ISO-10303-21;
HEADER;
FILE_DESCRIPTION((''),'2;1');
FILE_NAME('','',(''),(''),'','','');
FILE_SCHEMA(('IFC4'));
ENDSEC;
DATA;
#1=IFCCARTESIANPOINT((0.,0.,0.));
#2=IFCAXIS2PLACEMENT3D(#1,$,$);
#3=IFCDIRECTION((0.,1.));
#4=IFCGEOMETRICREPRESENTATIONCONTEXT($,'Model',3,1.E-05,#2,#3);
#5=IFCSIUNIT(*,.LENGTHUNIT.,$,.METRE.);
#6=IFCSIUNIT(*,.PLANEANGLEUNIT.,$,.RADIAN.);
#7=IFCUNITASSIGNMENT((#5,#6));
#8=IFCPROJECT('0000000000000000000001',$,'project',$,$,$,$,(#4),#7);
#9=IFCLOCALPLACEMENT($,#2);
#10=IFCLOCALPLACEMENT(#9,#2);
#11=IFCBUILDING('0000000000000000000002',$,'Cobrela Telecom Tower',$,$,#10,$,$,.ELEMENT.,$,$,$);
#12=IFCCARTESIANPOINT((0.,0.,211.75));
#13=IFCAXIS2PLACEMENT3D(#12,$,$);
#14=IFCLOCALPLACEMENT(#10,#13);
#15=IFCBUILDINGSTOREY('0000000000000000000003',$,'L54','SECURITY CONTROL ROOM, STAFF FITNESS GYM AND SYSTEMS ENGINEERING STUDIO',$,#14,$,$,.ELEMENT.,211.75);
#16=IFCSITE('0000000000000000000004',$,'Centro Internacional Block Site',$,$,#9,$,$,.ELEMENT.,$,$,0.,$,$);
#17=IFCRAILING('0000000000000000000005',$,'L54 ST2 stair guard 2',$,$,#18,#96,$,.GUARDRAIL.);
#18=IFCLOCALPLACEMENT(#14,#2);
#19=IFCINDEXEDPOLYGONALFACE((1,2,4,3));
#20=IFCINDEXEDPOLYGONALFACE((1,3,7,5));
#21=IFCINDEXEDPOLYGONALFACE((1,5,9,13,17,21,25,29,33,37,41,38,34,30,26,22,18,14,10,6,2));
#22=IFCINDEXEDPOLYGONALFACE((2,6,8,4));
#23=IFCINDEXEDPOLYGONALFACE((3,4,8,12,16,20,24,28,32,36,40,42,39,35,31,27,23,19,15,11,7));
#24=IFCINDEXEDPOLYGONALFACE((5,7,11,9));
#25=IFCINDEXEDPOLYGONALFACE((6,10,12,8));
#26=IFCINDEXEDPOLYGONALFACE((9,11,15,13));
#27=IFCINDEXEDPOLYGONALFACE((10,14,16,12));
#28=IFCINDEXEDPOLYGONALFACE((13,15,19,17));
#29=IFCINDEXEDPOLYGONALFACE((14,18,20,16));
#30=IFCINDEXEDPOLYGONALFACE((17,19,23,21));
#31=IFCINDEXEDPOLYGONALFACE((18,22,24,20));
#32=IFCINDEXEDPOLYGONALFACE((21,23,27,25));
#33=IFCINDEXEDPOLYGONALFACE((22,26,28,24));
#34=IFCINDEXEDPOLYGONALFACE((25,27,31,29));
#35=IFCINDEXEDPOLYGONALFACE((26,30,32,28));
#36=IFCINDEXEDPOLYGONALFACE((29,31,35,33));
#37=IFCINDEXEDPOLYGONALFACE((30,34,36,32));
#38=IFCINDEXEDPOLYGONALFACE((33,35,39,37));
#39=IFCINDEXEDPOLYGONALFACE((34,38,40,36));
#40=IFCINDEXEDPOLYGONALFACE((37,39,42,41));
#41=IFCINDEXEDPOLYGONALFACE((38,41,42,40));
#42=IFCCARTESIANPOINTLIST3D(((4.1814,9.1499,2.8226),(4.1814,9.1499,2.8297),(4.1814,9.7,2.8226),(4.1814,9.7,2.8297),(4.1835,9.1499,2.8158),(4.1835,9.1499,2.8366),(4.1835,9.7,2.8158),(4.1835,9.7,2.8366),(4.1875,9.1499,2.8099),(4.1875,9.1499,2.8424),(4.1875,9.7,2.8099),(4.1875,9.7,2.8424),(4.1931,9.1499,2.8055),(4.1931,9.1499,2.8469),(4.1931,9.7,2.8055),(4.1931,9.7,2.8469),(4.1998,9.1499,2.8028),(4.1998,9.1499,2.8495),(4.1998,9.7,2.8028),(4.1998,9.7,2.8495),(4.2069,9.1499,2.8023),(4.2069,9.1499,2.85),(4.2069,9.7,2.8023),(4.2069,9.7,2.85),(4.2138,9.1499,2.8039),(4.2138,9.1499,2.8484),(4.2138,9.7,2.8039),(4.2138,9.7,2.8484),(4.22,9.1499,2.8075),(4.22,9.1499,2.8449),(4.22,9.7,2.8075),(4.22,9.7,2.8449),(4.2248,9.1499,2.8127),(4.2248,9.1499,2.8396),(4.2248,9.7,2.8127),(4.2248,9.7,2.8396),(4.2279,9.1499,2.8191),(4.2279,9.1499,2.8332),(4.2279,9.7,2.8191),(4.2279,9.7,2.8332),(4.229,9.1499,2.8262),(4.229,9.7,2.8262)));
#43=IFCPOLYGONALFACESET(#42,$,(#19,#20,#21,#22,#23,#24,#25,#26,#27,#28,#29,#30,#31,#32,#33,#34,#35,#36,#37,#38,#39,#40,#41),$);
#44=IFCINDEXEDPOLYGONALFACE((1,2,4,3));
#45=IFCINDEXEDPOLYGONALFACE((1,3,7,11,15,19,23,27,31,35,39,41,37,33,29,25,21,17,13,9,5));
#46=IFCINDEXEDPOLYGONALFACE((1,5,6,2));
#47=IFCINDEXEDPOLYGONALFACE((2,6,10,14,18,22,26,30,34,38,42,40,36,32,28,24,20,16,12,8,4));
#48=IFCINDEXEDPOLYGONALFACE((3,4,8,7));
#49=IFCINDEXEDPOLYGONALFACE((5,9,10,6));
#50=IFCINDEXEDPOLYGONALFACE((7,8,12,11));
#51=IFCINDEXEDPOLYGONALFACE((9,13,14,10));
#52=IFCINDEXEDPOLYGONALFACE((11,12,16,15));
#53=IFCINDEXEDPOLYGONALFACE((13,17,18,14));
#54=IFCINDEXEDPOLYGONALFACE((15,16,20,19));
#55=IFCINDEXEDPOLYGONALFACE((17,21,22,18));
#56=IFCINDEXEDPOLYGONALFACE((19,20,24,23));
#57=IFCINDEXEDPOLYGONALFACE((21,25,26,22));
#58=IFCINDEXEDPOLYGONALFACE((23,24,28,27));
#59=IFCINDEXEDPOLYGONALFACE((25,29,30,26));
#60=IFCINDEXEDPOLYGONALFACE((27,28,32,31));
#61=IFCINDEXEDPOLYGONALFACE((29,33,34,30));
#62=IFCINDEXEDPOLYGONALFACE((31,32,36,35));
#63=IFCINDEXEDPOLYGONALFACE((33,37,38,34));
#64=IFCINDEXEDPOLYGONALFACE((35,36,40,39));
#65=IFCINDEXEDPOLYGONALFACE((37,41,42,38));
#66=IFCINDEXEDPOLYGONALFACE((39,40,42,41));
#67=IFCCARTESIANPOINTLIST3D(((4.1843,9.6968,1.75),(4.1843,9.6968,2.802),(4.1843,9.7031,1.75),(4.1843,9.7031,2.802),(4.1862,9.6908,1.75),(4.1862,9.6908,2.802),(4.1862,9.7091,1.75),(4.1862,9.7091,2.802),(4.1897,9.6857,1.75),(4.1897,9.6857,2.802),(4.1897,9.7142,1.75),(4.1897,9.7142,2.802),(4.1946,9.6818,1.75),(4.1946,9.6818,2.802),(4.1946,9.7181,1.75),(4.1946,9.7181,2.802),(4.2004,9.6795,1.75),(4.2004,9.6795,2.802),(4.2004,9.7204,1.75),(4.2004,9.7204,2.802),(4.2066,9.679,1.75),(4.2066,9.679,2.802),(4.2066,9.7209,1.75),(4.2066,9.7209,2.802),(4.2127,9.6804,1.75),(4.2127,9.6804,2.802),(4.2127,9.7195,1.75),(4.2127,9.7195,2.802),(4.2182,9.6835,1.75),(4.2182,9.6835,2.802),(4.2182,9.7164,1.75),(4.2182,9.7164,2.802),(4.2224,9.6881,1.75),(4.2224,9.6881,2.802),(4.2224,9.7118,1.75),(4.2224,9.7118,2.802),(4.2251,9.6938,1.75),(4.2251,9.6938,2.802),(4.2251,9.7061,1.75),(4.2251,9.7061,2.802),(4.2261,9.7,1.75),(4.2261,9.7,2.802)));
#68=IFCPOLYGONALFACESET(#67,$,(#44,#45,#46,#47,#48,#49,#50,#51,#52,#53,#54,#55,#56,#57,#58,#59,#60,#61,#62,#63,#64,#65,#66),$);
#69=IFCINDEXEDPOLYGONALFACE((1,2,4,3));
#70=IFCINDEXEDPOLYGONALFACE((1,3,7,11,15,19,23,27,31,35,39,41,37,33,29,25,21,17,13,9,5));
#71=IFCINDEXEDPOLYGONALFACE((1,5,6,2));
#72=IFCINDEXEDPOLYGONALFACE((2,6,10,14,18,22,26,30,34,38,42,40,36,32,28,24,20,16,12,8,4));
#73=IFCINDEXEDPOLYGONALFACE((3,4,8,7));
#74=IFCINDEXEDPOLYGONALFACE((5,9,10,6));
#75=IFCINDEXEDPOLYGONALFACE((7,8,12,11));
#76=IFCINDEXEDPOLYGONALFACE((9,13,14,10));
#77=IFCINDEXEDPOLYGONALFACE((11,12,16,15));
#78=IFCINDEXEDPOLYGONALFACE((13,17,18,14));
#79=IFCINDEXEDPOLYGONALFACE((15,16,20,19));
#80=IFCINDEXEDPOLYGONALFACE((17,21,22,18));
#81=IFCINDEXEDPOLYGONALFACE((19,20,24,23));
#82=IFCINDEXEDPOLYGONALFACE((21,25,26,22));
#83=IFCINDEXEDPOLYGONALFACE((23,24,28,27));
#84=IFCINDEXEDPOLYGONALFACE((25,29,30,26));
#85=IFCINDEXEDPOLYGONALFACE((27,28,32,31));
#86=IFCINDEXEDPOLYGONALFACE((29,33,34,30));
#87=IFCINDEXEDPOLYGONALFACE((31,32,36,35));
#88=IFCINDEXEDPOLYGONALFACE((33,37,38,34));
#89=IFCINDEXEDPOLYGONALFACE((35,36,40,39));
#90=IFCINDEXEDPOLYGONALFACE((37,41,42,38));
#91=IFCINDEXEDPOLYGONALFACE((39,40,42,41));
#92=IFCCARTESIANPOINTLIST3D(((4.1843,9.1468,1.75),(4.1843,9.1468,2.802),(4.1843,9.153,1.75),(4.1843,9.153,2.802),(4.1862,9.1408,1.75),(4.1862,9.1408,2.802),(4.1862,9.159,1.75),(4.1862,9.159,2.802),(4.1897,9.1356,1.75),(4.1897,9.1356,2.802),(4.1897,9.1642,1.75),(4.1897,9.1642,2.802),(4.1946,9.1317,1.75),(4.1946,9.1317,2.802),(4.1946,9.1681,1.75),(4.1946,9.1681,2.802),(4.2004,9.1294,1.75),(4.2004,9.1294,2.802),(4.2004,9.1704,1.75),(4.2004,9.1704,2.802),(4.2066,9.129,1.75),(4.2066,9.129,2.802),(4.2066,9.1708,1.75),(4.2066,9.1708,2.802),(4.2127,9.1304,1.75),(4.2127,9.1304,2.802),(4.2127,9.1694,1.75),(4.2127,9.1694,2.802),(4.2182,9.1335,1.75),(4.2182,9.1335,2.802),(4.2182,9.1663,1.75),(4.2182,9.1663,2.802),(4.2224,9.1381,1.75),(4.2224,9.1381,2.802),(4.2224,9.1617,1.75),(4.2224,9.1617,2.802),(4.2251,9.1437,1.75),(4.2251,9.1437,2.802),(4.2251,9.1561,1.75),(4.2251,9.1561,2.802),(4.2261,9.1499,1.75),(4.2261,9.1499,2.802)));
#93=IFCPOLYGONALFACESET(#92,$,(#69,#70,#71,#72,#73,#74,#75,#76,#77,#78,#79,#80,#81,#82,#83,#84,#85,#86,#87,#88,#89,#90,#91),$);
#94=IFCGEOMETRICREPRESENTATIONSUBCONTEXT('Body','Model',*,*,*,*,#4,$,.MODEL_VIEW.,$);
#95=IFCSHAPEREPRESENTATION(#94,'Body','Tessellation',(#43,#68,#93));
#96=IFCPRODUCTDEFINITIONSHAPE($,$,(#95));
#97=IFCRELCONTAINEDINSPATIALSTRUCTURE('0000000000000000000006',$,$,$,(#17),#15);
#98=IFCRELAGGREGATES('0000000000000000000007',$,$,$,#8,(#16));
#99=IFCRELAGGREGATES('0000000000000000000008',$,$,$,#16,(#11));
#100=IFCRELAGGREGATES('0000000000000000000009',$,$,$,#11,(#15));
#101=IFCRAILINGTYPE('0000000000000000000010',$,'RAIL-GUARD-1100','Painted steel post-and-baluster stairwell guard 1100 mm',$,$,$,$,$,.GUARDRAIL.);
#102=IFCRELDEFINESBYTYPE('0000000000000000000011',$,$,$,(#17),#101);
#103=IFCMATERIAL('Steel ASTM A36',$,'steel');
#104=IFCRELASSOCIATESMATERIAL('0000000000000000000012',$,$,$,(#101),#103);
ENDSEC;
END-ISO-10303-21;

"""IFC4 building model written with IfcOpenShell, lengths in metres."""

from ifc_helpers import new_model, si_unit, direction, frame, origin, origin_2d, place, context, subcontext, project, spatial, circle, extrude, material, type_object, element, save


model = new_model("IFC4")

# Units and contexts
model_context = context("Model", 3, precision=1e-05, world=origin(), true_north=direction((0.0, 1.0)))
body_context = subcontext(model_context, "Body", "Model", "MODEL_VIEW")
ifc_project = project(units=[si_unit("LENGTHUNIT", "METRE"), si_unit("PLANEANGLEUNIT", "RADIAN")], contexts=[model_context])

# Site, building, storey
site_placement = place(None, origin())
site = spatial("IfcSite", under=ifc_project, at=site_placement, Name="Centro Internacional Block Site", CompositionType="ELEMENT", RefElevation=0.0)
building_placement = place(site_placement, origin())
building = spatial("IfcBuilding", under=site, at=building_placement, Name="Cobrela Telecom Tower", CompositionType="ELEMENT")
storey_placement = place(building_placement, frame((0.0, 0.0, 211.75)))
storey = spatial("IfcBuildingStorey", under=building, at=storey_placement, Name="L54", Description="SECURITY CONTROL ROOM, STAFF FITNESS GYM AND SYSTEMS ENGINEERING STUDIO", CompositionType="ELEMENT", Elevation=211.75)

# Shared definitions
ifc_material_1 = material(Name="Steel ASTM A36", Category="steel")

# Railing
railing_type = type_object("IfcRailingType", Name="RAIL-GUARD-1100", Description="Painted steel post-and-baluster stairwell guard 1100 mm", PredefinedType="GUARDRAIL", material=ifc_material_1)
railing_1_placement = place(storey_placement, frame((4.2051, 9.7, 1.75)))
element("IfcRailing", 1, at=railing_1_placement, inside=storey, type_object=railing_type, Name="L54 ST2 stair guard 2", PredefinedType="GUARDRAIL", context=body_context, shape_type="SweptSolid", body=[
    extrude(circle(Radius=0.0239, at=origin_2d()), frame((0.0, 0.0, 1.0762), z_axis=(0.0, -1.0, 0.0), x_axis=(1.0, 0.0, 0.0)), (0.0, 0.0, 1.0), 0.55),
    extrude(circle(Radius=0.021, at=origin_2d()), origin(), (0.0, 0.0, 1.0), 1.052),
    extrude(circle(Radius=0.021, at=origin_2d()), frame((0.0, -0.55, 0.0)), (0.0, 0.0, 1.0), 1.052),
])

save(model, "model.ifc")
